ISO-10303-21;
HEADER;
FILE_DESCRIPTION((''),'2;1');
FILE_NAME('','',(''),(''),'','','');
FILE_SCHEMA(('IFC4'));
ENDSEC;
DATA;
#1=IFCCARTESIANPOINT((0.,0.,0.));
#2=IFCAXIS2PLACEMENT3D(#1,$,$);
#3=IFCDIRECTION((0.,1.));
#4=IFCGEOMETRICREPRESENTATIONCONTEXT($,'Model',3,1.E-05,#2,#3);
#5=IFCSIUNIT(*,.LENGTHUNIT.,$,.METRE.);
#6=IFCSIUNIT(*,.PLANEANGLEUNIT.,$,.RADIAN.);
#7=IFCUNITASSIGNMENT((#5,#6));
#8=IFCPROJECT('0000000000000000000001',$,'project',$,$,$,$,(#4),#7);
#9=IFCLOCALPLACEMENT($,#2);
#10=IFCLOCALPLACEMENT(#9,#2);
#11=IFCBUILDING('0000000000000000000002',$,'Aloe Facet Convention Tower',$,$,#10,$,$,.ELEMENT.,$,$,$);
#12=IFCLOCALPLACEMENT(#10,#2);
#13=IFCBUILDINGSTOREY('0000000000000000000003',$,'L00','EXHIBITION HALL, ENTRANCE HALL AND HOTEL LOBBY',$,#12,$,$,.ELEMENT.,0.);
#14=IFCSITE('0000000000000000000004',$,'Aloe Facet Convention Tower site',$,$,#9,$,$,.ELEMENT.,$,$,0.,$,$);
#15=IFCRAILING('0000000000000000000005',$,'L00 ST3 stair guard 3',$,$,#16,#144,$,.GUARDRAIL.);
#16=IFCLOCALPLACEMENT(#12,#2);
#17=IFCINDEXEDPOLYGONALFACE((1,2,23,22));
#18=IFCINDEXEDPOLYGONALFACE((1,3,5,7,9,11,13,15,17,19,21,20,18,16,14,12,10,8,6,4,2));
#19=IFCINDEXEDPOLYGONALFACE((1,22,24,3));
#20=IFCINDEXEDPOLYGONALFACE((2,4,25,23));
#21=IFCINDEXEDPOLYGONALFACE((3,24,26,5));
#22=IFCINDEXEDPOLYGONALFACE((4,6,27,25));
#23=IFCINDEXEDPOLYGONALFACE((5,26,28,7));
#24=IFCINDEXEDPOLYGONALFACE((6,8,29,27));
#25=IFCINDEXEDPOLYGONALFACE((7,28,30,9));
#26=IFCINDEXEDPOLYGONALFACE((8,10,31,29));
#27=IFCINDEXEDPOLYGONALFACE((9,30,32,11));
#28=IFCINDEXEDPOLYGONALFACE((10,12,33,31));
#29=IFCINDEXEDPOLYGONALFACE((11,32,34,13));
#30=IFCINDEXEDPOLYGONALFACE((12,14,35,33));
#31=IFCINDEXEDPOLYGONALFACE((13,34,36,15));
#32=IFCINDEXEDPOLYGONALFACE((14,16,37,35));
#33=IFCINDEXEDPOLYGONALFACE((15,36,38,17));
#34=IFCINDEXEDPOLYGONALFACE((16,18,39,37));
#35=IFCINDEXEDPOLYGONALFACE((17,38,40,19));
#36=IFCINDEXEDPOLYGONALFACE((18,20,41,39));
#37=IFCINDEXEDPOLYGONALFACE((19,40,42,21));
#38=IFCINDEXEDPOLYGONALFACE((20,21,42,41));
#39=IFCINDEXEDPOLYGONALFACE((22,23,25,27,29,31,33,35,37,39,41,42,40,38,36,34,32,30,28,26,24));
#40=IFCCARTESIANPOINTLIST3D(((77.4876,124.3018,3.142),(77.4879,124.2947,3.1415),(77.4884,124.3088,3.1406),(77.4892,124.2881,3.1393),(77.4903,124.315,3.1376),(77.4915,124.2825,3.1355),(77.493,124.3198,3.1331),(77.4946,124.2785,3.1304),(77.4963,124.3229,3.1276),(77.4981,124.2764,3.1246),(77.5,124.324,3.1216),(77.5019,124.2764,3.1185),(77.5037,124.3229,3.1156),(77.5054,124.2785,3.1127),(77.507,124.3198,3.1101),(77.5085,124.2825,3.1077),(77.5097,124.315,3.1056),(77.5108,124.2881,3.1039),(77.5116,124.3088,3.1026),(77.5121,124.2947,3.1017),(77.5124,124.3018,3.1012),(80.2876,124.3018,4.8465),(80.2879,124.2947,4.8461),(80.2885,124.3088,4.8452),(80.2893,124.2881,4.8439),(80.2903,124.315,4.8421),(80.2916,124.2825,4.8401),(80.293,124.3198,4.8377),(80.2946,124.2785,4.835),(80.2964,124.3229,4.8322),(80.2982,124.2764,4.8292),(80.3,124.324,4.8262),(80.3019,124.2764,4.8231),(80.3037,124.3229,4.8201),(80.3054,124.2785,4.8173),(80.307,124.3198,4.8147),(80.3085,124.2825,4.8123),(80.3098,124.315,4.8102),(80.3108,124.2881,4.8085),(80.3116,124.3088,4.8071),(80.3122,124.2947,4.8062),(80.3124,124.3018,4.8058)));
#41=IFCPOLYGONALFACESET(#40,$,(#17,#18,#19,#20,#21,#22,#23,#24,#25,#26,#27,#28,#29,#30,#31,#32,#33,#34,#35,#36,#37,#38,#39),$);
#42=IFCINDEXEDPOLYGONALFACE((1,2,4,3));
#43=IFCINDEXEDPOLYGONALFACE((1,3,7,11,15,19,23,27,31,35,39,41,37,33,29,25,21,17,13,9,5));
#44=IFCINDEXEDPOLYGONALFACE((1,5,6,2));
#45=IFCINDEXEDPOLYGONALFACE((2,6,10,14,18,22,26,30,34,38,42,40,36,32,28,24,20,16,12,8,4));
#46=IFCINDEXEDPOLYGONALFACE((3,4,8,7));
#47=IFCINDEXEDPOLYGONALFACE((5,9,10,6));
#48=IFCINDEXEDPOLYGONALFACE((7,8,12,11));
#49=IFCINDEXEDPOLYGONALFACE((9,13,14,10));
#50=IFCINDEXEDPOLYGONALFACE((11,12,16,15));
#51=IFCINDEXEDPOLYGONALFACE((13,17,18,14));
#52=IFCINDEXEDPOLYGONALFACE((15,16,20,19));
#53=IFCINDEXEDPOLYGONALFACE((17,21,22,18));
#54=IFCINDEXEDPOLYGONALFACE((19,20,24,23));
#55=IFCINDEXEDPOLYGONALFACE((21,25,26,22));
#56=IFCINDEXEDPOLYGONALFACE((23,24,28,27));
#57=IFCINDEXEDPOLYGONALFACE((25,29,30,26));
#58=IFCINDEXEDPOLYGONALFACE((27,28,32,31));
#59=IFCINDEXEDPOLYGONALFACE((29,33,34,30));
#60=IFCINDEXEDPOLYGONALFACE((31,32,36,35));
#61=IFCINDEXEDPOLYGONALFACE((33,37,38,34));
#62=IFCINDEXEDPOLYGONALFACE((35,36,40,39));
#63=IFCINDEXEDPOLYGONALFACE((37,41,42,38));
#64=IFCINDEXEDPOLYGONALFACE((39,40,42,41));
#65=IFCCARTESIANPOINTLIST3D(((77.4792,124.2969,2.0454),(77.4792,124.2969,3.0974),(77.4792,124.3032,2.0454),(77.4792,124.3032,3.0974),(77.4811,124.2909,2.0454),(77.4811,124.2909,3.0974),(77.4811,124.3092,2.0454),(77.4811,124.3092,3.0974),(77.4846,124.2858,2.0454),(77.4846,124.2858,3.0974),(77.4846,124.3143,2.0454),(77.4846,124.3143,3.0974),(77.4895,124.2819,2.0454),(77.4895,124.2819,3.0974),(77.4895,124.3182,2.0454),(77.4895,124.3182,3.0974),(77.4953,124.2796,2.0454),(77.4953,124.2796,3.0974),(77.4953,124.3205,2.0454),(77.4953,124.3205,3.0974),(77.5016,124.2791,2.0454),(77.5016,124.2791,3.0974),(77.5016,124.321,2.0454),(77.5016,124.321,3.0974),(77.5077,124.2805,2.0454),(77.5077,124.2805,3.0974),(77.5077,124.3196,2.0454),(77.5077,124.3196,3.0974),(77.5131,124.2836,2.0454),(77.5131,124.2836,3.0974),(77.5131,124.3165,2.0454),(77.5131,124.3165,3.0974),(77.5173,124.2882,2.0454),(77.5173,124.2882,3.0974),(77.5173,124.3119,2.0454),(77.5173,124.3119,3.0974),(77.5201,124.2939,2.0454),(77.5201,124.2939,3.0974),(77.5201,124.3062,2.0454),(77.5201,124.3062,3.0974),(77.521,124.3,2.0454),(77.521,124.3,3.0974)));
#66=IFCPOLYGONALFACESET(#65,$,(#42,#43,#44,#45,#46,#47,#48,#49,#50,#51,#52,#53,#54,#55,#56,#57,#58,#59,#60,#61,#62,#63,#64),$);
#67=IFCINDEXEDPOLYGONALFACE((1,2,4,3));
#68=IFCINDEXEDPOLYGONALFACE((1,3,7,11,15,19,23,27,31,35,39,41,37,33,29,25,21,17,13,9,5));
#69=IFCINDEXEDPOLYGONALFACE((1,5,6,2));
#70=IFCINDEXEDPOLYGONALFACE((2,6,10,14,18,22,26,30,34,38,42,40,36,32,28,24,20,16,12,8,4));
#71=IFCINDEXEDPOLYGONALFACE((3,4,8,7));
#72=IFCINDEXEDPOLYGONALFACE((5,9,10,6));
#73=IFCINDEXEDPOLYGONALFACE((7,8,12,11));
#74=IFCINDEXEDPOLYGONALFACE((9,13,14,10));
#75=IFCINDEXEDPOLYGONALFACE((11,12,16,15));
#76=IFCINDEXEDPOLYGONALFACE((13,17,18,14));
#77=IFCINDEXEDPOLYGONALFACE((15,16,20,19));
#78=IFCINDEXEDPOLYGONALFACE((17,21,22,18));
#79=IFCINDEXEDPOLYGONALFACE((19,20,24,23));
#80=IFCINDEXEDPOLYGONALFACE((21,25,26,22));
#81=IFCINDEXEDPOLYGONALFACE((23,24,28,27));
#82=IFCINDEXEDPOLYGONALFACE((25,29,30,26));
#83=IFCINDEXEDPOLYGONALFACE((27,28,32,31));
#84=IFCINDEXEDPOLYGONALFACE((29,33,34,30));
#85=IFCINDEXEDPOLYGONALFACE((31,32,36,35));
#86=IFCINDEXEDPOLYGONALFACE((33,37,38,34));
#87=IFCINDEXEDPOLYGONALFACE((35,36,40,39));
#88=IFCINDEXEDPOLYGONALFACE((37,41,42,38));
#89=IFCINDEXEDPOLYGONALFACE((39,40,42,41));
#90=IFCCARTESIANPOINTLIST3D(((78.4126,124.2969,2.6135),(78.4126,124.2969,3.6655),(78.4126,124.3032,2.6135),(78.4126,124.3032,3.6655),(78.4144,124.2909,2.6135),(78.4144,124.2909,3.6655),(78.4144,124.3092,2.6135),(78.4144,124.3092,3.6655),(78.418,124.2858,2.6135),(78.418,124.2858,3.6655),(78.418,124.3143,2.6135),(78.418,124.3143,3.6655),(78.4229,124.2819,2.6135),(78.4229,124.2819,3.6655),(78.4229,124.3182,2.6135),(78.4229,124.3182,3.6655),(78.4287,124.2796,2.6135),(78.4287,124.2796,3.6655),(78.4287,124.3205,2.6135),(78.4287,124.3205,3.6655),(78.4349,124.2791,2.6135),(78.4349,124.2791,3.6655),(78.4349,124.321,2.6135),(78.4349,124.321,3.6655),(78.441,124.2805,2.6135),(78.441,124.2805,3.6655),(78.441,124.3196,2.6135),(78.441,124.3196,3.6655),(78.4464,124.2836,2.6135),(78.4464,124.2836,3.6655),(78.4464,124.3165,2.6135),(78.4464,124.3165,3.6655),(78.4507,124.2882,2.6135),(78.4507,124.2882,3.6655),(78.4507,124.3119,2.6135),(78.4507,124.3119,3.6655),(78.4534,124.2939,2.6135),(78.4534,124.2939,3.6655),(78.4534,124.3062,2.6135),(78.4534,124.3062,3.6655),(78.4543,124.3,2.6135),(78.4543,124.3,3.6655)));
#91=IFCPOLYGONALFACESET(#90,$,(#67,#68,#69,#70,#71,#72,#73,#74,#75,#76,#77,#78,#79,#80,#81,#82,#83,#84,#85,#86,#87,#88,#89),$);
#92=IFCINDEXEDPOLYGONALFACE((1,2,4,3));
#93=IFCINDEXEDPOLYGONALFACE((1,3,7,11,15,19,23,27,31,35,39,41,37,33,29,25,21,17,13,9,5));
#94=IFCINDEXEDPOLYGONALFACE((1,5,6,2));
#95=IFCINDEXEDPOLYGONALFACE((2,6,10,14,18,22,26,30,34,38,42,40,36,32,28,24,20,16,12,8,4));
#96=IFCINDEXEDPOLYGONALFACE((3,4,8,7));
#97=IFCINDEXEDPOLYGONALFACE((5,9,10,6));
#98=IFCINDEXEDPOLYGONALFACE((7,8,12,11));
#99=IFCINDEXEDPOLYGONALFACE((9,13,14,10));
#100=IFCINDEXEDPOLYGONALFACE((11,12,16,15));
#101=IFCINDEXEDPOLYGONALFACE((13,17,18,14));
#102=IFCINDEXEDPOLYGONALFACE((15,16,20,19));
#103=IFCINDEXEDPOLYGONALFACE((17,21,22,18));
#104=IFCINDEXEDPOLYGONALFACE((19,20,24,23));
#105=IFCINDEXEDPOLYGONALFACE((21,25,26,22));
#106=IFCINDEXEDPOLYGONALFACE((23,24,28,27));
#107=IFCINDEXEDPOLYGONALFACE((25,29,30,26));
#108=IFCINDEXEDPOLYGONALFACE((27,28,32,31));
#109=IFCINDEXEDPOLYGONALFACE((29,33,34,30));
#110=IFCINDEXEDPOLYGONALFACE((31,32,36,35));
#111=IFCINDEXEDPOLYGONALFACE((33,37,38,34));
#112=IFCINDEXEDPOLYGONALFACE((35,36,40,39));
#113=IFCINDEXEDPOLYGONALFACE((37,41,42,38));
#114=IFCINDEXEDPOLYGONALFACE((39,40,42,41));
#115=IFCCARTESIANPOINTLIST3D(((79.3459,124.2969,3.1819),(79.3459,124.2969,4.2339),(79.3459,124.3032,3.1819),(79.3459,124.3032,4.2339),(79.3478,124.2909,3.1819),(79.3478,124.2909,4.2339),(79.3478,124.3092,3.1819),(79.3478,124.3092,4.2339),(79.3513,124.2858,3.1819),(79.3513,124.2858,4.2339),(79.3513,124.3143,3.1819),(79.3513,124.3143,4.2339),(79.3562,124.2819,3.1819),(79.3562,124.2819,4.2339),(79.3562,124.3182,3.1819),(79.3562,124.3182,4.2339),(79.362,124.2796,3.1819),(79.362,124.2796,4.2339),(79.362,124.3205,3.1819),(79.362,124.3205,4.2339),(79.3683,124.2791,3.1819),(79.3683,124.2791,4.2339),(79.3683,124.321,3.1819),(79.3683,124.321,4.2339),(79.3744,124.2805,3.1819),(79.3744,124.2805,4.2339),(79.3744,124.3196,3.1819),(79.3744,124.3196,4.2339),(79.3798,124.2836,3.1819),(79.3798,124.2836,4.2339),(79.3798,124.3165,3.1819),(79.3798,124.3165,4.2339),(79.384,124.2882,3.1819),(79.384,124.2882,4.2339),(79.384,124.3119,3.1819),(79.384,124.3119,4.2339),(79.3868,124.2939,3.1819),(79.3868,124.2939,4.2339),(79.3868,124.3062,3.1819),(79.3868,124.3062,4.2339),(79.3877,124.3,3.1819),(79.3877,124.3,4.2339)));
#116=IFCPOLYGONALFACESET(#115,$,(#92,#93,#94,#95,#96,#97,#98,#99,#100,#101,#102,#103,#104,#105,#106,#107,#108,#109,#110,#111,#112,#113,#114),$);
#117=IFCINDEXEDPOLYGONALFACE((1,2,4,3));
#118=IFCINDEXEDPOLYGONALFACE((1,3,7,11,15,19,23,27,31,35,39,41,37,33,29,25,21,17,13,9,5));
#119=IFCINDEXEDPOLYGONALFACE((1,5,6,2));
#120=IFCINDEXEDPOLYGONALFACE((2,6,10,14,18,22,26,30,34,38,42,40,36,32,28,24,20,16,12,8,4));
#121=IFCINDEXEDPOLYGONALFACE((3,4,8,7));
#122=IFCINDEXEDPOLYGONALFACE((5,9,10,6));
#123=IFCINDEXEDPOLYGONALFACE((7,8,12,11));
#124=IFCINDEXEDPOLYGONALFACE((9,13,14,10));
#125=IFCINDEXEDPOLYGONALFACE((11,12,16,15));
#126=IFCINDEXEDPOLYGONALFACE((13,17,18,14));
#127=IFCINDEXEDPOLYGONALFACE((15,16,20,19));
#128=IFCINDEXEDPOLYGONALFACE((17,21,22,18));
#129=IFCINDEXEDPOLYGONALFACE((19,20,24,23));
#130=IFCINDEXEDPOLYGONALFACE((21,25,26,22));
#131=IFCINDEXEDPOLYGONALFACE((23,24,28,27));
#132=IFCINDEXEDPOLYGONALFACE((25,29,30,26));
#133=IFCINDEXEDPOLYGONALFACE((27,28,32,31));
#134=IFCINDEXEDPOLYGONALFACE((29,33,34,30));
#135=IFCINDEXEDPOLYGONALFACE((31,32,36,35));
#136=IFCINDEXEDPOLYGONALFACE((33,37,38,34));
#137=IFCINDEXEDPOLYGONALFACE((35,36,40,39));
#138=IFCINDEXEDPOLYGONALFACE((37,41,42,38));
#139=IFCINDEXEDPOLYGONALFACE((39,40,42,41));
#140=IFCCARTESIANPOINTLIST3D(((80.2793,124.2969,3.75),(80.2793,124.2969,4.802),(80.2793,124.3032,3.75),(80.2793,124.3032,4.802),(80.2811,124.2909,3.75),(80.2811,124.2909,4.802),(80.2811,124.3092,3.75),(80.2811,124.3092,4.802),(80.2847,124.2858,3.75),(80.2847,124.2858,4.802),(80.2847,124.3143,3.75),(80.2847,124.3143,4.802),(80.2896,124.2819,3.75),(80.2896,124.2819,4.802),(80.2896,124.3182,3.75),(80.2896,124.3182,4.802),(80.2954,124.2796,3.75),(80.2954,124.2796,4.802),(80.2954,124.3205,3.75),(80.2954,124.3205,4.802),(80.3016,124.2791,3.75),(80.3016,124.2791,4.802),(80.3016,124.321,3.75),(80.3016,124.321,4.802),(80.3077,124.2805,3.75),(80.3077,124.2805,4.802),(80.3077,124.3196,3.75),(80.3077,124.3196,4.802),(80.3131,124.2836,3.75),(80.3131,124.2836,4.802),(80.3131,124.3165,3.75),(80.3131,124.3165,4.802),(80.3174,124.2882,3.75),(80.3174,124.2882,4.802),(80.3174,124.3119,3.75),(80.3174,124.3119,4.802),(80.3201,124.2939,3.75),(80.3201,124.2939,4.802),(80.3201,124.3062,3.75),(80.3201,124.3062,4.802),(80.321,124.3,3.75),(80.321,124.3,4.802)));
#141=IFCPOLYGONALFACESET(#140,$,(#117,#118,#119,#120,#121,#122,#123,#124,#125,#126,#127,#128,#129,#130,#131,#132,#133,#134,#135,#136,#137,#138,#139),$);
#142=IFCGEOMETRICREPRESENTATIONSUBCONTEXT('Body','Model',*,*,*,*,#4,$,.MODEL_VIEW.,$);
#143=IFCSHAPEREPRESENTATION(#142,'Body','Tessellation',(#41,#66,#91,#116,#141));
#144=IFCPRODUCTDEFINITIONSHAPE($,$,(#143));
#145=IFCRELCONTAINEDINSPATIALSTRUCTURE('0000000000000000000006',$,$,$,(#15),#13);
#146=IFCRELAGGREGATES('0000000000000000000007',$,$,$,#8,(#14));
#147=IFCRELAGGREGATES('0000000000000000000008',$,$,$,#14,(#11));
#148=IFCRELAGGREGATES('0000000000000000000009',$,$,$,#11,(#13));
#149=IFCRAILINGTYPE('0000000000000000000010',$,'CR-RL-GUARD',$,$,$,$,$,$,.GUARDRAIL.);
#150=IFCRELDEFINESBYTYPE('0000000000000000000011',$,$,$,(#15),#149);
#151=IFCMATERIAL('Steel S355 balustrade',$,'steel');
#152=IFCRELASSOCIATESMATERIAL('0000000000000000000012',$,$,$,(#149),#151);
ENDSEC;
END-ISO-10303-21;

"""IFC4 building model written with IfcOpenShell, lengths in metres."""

from ifc_helpers import new_model, si_unit, direction, frame, origin, origin_2d, place, context, subcontext, project, spatial, circle, extrude, material, type_object, element, save


model = new_model("IFC4")

# Units and contexts
model_context = context("Model", 3, precision=1e-05, world=origin(), true_north=direction((0.0, 1.0)))
body_context = subcontext(model_context, "Body", "Model", "MODEL_VIEW")
ifc_project = project(units=[si_unit("LENGTHUNIT", "METRE"), si_unit("PLANEANGLEUNIT", "RADIAN")], contexts=[model_context])

# Site, building, storey
site_placement = place(None, origin())
site = spatial("IfcSite", under=ifc_project, at=site_placement, Name="Aloe Facet Convention Tower site", CompositionType="ELEMENT", RefElevation=0.0)
building_placement = place(site_placement, origin())
building = spatial("IfcBuilding", under=site, at=building_placement, Name="Aloe Facet Convention Tower", CompositionType="ELEMENT")
storey_placement = place(building_placement, origin())
storey = spatial("IfcBuildingStorey", under=building, at=storey_placement, Name="L00", Description="EXHIBITION HALL, ENTRANCE HALL AND HOTEL LOBBY", CompositionType="ELEMENT", Elevation=0.0)

# Railing
ifc_material_1 = material(Name="Steel S355 balustrade", Category="steel")
railing_type = type_object("IfcRailingType", Name="CR-RL-GUARD", PredefinedType="GUARDRAIL", material=ifc_material_1)
railing_1_placement = place(storey_placement, frame((77.5, 124.3, 2.0454)))
element("IfcRailing", 1, at=railing_1_placement, inside=storey, type_object=railing_type, Name="L00 ST3 stair guard 3", PredefinedType="GUARDRAIL", context=body_context, shape_type="SweptSolid", body=[
    extrude(circle(Radius=0.0239, at=origin_2d()), frame((0.0, 0.0, 1.0762), z_axis=(0.85417, 0.0, 0.519994), x_axis=(0.0, 1.0, 0.0)), (0.0, 0.0, 1.0), 3.2781),
    extrude(circle(Radius=0.021, at=origin_2d()), origin(), (0.0, 0.0, 1.0), 1.052),
    extrude(circle(Radius=0.021, at=origin_2d()), frame((0.9333, 0.0, 0.5681)), (0.0, 0.0, 1.0), 1.052),
    extrude(circle(Radius=0.021, at=origin_2d()), frame((1.8667, 0.0, 1.1365)), (0.0, 0.0, 1.0), 1.052),
    extrude(circle(Radius=0.021, at=origin_2d()), frame((2.8, 0.0, 1.7046)), (0.0, 0.0, 1.0), 1.052),
])

save(model, "model.ifc")
